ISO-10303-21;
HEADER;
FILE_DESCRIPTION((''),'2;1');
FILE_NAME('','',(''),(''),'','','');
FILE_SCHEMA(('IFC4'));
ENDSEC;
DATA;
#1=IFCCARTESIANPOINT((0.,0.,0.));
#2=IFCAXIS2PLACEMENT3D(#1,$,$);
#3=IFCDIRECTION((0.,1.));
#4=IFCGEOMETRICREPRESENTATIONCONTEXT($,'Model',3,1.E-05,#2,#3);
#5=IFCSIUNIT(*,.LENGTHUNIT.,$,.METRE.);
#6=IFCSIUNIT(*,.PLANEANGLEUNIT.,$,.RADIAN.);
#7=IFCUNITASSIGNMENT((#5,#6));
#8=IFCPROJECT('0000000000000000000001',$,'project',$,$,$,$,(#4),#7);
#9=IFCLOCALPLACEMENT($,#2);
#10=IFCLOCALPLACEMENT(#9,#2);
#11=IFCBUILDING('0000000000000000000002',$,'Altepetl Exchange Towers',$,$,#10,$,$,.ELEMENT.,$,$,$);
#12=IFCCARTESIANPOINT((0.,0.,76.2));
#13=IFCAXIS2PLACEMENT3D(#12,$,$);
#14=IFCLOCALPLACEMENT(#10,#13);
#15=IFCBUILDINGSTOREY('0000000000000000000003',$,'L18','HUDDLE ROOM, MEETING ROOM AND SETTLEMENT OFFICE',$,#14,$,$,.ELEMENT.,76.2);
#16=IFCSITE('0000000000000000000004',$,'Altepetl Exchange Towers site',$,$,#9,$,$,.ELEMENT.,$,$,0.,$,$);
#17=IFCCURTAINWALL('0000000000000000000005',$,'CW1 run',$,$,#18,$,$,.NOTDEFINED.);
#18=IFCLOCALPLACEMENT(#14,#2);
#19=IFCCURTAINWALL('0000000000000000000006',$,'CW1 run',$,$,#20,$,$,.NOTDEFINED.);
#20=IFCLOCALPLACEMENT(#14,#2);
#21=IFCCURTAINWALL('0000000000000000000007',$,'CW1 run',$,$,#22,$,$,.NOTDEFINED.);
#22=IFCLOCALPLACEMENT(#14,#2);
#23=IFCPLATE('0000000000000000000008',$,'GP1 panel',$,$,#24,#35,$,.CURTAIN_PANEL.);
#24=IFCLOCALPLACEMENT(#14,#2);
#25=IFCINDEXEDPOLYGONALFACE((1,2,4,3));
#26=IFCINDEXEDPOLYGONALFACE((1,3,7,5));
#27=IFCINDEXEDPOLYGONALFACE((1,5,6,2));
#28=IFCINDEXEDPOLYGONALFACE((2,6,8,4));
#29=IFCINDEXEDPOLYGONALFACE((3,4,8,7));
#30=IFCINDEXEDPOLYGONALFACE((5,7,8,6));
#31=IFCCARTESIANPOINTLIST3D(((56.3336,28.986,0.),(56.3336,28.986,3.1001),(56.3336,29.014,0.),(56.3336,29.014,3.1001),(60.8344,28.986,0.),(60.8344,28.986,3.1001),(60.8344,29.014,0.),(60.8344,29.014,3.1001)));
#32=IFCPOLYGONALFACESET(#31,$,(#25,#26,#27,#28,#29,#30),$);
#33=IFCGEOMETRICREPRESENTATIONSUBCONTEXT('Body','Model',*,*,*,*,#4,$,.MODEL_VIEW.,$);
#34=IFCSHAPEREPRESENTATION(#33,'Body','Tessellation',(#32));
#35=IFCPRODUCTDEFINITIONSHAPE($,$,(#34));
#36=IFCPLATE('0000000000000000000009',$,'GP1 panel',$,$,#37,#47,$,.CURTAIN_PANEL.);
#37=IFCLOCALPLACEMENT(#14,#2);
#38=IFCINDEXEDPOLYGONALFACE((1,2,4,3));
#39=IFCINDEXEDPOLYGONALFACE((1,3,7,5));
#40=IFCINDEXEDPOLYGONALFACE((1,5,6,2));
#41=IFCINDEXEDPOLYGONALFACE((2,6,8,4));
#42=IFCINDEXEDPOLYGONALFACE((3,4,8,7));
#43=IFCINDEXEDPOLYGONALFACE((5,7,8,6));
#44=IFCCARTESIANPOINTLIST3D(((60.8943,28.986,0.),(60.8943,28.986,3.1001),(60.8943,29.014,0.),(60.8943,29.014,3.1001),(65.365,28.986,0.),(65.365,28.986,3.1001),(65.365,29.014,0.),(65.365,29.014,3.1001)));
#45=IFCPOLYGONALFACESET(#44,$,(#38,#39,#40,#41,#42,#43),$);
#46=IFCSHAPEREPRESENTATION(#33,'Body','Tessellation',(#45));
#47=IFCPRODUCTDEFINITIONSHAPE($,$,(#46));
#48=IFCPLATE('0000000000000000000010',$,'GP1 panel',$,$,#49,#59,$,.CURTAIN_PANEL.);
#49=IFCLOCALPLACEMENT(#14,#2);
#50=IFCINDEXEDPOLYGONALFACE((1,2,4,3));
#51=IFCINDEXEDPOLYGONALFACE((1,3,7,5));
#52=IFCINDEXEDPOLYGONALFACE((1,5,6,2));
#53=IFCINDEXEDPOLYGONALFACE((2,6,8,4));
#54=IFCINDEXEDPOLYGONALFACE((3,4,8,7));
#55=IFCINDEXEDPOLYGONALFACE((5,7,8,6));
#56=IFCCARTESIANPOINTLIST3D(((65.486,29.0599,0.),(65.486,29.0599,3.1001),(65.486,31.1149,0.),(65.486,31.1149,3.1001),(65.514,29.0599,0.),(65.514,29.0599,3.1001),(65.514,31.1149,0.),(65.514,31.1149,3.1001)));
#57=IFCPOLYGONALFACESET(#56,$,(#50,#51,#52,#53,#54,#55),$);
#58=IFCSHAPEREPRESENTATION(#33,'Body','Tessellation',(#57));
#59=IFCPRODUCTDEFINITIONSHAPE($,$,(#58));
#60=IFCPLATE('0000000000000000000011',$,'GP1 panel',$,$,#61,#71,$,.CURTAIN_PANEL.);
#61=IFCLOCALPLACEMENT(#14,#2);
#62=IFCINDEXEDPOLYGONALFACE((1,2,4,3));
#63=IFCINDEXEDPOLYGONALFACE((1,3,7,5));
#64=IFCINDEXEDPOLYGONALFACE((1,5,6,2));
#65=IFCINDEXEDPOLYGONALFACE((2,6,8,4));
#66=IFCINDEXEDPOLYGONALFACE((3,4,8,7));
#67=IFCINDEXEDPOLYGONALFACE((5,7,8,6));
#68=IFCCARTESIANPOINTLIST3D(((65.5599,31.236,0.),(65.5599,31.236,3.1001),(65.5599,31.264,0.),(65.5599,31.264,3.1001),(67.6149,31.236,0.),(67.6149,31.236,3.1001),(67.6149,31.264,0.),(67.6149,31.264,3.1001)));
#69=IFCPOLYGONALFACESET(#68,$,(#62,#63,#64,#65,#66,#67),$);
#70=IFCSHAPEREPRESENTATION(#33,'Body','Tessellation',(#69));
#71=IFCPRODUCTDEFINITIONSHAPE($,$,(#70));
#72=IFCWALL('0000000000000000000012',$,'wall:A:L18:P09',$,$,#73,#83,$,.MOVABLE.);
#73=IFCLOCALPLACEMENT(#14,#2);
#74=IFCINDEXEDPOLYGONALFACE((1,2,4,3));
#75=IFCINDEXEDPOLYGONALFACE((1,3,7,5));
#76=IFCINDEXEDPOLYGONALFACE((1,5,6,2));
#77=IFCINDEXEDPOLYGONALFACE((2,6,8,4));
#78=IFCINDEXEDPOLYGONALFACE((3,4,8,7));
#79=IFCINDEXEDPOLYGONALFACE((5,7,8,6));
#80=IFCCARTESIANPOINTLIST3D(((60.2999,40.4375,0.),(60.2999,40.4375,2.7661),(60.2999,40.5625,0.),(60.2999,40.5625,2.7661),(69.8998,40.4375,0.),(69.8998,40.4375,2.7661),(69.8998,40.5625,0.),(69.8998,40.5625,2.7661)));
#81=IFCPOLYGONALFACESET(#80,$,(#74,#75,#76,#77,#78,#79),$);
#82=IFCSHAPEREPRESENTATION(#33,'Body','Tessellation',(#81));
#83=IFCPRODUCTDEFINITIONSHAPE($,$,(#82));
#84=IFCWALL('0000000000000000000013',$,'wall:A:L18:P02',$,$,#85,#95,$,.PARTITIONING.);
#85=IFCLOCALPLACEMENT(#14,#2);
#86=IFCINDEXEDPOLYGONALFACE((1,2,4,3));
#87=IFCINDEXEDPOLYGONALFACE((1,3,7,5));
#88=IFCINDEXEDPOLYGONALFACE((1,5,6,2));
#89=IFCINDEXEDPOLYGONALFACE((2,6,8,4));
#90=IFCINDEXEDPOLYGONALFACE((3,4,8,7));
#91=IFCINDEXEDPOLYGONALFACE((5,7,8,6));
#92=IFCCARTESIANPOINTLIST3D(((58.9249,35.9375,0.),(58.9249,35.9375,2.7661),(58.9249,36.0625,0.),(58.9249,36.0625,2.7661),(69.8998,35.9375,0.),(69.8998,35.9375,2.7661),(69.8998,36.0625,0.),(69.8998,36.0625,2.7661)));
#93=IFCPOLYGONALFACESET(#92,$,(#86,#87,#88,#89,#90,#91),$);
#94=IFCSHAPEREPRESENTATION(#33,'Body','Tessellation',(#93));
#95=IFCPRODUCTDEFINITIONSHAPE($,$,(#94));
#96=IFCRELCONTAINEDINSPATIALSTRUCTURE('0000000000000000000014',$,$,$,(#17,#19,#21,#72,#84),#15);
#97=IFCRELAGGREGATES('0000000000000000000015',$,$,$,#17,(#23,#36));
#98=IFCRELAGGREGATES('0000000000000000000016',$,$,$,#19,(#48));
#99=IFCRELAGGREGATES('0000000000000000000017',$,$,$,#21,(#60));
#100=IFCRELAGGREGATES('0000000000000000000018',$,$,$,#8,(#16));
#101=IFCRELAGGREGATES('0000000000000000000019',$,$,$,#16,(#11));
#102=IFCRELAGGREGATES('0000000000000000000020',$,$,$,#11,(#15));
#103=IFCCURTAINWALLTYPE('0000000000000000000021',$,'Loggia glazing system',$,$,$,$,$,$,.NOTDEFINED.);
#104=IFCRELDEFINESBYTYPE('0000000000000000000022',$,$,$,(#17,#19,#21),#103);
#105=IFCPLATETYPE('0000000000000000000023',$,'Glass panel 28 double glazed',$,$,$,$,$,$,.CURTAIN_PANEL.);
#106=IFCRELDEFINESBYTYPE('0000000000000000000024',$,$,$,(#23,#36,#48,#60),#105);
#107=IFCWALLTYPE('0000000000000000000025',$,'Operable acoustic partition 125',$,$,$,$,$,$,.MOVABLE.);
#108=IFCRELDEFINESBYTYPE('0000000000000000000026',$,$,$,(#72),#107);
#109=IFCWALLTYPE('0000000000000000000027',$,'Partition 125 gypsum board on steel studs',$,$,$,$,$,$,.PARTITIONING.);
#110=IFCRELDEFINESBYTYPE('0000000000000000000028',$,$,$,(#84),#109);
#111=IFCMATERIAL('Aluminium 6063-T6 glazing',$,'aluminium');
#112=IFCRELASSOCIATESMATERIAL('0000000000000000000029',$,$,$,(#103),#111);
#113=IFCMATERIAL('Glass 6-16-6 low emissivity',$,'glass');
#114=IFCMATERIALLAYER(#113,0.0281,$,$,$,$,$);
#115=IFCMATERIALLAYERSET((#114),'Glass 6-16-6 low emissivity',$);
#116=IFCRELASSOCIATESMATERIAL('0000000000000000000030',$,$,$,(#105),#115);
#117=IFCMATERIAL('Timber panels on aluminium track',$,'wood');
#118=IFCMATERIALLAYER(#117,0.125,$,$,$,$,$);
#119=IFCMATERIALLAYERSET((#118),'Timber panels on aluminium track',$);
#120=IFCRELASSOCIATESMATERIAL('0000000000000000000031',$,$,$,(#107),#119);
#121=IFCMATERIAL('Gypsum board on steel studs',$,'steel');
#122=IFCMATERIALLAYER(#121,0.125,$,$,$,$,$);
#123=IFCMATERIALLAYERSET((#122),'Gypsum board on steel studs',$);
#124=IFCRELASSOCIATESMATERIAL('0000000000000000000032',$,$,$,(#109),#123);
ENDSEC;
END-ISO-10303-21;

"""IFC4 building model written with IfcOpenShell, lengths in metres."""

from ifc_helpers import new_model, si_unit, direction, frame, frame_2d, origin, origin_2d, place, context, subcontext, project, spatial, rectangle, extrude, material, layer, layer_set, type_object, element, aggregate, save


model = new_model("IFC4")

# Units and contexts
model_context = context("Model", 3, precision=1e-05, world=origin(), true_north=direction((0.0, 1.0)))
body_context = subcontext(model_context, "Body", "Model", "MODEL_VIEW")
ifc_project = project(units=[si_unit("LENGTHUNIT", "METRE"), si_unit("PLANEANGLEUNIT", "RADIAN")], contexts=[model_context])

# Site, building, storey
site_placement = place(None, origin())
site = spatial("IfcSite", under=ifc_project, at=site_placement, Name="Altepetl Exchange Towers site", CompositionType="ELEMENT", RefElevation=0.0)
building_placement = place(site_placement, origin())
building = spatial("IfcBuilding", under=site, at=building_placement, Name="Altepetl Exchange Towers", CompositionType="ELEMENT")
storey_placement = place(building_placement, frame((0.0, 0.0, 76.2)))
storey = spatial("IfcBuildingStorey", under=building, at=storey_placement, Name="L18", Description="HUDDLE ROOM, MEETING ROOM AND SETTLEMENT OFFICE", CompositionType="ELEMENT", Elevation=76.2)

# Curtain walls
ifc_material_1 = material(Name="Aluminium 6063-T6 glazing", Category="aluminium")
curtain_wall_type = type_object("IfcCurtainWallType", Name="Loggia glazing system", PredefinedType="NOTDEFINED", material=ifc_material_1)
curtain_wall_1_placement = place(storey_placement, origin())
curtain_wall_1 = element("IfcCurtainWall", 1, at=curtain_wall_1_placement, inside=storey, type_object=curtain_wall_type, Name="CW1 run", PredefinedType="NOTDEFINED")
curtain_wall_2_placement = place(storey_placement, origin())
curtain_wall_2 = element("IfcCurtainWall", 2, at=curtain_wall_2_placement, inside=storey, type_object=curtain_wall_type, Name="CW1 run", PredefinedType="NOTDEFINED")

# Curtain wall
curtain_wall_3_placement = place(storey_placement, origin())
curtain_wall_3 = element("IfcCurtainWall", 3, at=curtain_wall_3_placement, inside=storey, type_object=curtain_wall_type, Name="CW1 run", PredefinedType="NOTDEFINED")

# Plates
ifc_material_2 = material(Name="Glass 6-16-6 low emissivity", Category="glass")
ifc_layer_1 = layer(ifc_material_2, 0.0281)
ifc_layer_set_1 = layer_set([ifc_layer_1], Name="Glass 6-16-6 low emissivity")
plate_type = type_object("IfcPlateType", Name="Glass panel 28 double glazed", PredefinedType="CURTAIN_PANEL", material=ifc_layer_set_1)
plate_1_placement = place(storey_placement, frame((58.584, 29.0, 0.0)))
plate_1 = element("IfcPlate", 4, at=plate_1_placement, type_object=plate_type, Name="GP1 panel", PredefinedType="CURTAIN_PANEL", context=body_context, shape_type="SweptSolid", body=[
    extrude(rectangle(XDim=4.5007, YDim=0.0281, at=origin_2d()), origin(), (0.0, 0.0, 1.0), 3.1001),
])
plate_2_placement = place(storey_placement, frame((63.1296, 29.0, 0.0)))
plate_2 = element("IfcPlate", 5, at=plate_2_placement, type_object=plate_type, Name="GP1 panel", PredefinedType="CURTAIN_PANEL", context=body_context, shape_type="SweptSolid", body=[
    extrude(rectangle(XDim=4.4707, YDim=0.0281, at=origin_2d()), origin(), (0.0, 0.0, 1.0), 3.1001),
])
aggregate(curtain_wall_1, [plate_1, plate_2])
plate_3_placement = place(storey_placement, frame((65.5, 30.0874, 0.0), z_axis=(0.0, 0.0, 1.0), x_axis=(0.0, 1.0, 0.0)))
plate_3 = element("IfcPlate", 6, at=plate_3_placement, type_object=plate_type, Name="GP1 panel", PredefinedType="CURTAIN_PANEL", context=body_context, shape_type="SweptSolid", body=[
    extrude(rectangle(XDim=2.0549, YDim=0.0281, at=origin_2d()), origin(), (0.0, 0.0, 1.0), 3.1001),
])
aggregate(curtain_wall_2, [plate_3])
plate_4_placement = place(storey_placement, frame((66.5874, 31.25, 0.0)))
plate_4 = element("IfcPlate", 7, at=plate_4_placement, type_object=plate_type, Name="GP1 panel", PredefinedType="CURTAIN_PANEL", context=body_context, shape_type="SweptSolid", body=[
    extrude(rectangle(XDim=2.0549, YDim=0.0281, at=origin_2d()), origin(), (0.0, 0.0, 1.0), 3.1001),
])
aggregate(curtain_wall_3, [plate_4])

# Walls
ifc_material_3 = material(Name="Timber panels on aluminium track", Category="wood")
ifc_layer_2 = layer(ifc_material_3, 0.125)
ifc_layer_set_2 = layer_set([ifc_layer_2], Name="Timber panels on aluminium track")
wall_type_1 = type_object("IfcWallType", Name="Operable acoustic partition 125", PredefinedType="MOVABLE", material=ifc_layer_set_2)
wall_1_placement = place(storey_placement, frame((60.3, 40.5, 0.0)))
element("IfcWall", 8, at=wall_1_placement, inside=storey, type_object=wall_type_1, Name="wall:A:L18:P09", PredefinedType="MOVABLE", context=body_context, shape_type="SweptSolid", body=[
    extrude(rectangle(XDim=9.5999, YDim=0.125, at=frame_2d((4.7998, 0.0))), origin(), (0.0, 0.0, 1.0), 2.7661),
])
ifc_material_4 = material(Name="Gypsum board on steel studs", Category="steel")
ifc_layer_3 = layer(ifc_material_4, 0.125)
ifc_layer_set_3 = layer_set([ifc_layer_3], Name="Gypsum board on steel studs")
wall_type_2 = type_object("IfcWallType", Name="Partition 125 gypsum board on steel studs", PredefinedType="PARTITIONING", material=ifc_layer_set_3)
wall_2_placement = place(storey_placement, frame((58.925, 36.0, 0.0)))
element("IfcWall", 9, at=wall_2_placement, inside=storey, type_object=wall_type_2, Name="wall:A:L18:P02", PredefinedType="PARTITIONING", context=body_context, shape_type="SweptSolid", body=[
    extrude(rectangle(XDim=10.9749, YDim=0.125, at=frame_2d((5.4873, 0.0))), origin(), (0.0, 0.0, 1.0), 2.7661),
])

save(model, "model.ifc")
